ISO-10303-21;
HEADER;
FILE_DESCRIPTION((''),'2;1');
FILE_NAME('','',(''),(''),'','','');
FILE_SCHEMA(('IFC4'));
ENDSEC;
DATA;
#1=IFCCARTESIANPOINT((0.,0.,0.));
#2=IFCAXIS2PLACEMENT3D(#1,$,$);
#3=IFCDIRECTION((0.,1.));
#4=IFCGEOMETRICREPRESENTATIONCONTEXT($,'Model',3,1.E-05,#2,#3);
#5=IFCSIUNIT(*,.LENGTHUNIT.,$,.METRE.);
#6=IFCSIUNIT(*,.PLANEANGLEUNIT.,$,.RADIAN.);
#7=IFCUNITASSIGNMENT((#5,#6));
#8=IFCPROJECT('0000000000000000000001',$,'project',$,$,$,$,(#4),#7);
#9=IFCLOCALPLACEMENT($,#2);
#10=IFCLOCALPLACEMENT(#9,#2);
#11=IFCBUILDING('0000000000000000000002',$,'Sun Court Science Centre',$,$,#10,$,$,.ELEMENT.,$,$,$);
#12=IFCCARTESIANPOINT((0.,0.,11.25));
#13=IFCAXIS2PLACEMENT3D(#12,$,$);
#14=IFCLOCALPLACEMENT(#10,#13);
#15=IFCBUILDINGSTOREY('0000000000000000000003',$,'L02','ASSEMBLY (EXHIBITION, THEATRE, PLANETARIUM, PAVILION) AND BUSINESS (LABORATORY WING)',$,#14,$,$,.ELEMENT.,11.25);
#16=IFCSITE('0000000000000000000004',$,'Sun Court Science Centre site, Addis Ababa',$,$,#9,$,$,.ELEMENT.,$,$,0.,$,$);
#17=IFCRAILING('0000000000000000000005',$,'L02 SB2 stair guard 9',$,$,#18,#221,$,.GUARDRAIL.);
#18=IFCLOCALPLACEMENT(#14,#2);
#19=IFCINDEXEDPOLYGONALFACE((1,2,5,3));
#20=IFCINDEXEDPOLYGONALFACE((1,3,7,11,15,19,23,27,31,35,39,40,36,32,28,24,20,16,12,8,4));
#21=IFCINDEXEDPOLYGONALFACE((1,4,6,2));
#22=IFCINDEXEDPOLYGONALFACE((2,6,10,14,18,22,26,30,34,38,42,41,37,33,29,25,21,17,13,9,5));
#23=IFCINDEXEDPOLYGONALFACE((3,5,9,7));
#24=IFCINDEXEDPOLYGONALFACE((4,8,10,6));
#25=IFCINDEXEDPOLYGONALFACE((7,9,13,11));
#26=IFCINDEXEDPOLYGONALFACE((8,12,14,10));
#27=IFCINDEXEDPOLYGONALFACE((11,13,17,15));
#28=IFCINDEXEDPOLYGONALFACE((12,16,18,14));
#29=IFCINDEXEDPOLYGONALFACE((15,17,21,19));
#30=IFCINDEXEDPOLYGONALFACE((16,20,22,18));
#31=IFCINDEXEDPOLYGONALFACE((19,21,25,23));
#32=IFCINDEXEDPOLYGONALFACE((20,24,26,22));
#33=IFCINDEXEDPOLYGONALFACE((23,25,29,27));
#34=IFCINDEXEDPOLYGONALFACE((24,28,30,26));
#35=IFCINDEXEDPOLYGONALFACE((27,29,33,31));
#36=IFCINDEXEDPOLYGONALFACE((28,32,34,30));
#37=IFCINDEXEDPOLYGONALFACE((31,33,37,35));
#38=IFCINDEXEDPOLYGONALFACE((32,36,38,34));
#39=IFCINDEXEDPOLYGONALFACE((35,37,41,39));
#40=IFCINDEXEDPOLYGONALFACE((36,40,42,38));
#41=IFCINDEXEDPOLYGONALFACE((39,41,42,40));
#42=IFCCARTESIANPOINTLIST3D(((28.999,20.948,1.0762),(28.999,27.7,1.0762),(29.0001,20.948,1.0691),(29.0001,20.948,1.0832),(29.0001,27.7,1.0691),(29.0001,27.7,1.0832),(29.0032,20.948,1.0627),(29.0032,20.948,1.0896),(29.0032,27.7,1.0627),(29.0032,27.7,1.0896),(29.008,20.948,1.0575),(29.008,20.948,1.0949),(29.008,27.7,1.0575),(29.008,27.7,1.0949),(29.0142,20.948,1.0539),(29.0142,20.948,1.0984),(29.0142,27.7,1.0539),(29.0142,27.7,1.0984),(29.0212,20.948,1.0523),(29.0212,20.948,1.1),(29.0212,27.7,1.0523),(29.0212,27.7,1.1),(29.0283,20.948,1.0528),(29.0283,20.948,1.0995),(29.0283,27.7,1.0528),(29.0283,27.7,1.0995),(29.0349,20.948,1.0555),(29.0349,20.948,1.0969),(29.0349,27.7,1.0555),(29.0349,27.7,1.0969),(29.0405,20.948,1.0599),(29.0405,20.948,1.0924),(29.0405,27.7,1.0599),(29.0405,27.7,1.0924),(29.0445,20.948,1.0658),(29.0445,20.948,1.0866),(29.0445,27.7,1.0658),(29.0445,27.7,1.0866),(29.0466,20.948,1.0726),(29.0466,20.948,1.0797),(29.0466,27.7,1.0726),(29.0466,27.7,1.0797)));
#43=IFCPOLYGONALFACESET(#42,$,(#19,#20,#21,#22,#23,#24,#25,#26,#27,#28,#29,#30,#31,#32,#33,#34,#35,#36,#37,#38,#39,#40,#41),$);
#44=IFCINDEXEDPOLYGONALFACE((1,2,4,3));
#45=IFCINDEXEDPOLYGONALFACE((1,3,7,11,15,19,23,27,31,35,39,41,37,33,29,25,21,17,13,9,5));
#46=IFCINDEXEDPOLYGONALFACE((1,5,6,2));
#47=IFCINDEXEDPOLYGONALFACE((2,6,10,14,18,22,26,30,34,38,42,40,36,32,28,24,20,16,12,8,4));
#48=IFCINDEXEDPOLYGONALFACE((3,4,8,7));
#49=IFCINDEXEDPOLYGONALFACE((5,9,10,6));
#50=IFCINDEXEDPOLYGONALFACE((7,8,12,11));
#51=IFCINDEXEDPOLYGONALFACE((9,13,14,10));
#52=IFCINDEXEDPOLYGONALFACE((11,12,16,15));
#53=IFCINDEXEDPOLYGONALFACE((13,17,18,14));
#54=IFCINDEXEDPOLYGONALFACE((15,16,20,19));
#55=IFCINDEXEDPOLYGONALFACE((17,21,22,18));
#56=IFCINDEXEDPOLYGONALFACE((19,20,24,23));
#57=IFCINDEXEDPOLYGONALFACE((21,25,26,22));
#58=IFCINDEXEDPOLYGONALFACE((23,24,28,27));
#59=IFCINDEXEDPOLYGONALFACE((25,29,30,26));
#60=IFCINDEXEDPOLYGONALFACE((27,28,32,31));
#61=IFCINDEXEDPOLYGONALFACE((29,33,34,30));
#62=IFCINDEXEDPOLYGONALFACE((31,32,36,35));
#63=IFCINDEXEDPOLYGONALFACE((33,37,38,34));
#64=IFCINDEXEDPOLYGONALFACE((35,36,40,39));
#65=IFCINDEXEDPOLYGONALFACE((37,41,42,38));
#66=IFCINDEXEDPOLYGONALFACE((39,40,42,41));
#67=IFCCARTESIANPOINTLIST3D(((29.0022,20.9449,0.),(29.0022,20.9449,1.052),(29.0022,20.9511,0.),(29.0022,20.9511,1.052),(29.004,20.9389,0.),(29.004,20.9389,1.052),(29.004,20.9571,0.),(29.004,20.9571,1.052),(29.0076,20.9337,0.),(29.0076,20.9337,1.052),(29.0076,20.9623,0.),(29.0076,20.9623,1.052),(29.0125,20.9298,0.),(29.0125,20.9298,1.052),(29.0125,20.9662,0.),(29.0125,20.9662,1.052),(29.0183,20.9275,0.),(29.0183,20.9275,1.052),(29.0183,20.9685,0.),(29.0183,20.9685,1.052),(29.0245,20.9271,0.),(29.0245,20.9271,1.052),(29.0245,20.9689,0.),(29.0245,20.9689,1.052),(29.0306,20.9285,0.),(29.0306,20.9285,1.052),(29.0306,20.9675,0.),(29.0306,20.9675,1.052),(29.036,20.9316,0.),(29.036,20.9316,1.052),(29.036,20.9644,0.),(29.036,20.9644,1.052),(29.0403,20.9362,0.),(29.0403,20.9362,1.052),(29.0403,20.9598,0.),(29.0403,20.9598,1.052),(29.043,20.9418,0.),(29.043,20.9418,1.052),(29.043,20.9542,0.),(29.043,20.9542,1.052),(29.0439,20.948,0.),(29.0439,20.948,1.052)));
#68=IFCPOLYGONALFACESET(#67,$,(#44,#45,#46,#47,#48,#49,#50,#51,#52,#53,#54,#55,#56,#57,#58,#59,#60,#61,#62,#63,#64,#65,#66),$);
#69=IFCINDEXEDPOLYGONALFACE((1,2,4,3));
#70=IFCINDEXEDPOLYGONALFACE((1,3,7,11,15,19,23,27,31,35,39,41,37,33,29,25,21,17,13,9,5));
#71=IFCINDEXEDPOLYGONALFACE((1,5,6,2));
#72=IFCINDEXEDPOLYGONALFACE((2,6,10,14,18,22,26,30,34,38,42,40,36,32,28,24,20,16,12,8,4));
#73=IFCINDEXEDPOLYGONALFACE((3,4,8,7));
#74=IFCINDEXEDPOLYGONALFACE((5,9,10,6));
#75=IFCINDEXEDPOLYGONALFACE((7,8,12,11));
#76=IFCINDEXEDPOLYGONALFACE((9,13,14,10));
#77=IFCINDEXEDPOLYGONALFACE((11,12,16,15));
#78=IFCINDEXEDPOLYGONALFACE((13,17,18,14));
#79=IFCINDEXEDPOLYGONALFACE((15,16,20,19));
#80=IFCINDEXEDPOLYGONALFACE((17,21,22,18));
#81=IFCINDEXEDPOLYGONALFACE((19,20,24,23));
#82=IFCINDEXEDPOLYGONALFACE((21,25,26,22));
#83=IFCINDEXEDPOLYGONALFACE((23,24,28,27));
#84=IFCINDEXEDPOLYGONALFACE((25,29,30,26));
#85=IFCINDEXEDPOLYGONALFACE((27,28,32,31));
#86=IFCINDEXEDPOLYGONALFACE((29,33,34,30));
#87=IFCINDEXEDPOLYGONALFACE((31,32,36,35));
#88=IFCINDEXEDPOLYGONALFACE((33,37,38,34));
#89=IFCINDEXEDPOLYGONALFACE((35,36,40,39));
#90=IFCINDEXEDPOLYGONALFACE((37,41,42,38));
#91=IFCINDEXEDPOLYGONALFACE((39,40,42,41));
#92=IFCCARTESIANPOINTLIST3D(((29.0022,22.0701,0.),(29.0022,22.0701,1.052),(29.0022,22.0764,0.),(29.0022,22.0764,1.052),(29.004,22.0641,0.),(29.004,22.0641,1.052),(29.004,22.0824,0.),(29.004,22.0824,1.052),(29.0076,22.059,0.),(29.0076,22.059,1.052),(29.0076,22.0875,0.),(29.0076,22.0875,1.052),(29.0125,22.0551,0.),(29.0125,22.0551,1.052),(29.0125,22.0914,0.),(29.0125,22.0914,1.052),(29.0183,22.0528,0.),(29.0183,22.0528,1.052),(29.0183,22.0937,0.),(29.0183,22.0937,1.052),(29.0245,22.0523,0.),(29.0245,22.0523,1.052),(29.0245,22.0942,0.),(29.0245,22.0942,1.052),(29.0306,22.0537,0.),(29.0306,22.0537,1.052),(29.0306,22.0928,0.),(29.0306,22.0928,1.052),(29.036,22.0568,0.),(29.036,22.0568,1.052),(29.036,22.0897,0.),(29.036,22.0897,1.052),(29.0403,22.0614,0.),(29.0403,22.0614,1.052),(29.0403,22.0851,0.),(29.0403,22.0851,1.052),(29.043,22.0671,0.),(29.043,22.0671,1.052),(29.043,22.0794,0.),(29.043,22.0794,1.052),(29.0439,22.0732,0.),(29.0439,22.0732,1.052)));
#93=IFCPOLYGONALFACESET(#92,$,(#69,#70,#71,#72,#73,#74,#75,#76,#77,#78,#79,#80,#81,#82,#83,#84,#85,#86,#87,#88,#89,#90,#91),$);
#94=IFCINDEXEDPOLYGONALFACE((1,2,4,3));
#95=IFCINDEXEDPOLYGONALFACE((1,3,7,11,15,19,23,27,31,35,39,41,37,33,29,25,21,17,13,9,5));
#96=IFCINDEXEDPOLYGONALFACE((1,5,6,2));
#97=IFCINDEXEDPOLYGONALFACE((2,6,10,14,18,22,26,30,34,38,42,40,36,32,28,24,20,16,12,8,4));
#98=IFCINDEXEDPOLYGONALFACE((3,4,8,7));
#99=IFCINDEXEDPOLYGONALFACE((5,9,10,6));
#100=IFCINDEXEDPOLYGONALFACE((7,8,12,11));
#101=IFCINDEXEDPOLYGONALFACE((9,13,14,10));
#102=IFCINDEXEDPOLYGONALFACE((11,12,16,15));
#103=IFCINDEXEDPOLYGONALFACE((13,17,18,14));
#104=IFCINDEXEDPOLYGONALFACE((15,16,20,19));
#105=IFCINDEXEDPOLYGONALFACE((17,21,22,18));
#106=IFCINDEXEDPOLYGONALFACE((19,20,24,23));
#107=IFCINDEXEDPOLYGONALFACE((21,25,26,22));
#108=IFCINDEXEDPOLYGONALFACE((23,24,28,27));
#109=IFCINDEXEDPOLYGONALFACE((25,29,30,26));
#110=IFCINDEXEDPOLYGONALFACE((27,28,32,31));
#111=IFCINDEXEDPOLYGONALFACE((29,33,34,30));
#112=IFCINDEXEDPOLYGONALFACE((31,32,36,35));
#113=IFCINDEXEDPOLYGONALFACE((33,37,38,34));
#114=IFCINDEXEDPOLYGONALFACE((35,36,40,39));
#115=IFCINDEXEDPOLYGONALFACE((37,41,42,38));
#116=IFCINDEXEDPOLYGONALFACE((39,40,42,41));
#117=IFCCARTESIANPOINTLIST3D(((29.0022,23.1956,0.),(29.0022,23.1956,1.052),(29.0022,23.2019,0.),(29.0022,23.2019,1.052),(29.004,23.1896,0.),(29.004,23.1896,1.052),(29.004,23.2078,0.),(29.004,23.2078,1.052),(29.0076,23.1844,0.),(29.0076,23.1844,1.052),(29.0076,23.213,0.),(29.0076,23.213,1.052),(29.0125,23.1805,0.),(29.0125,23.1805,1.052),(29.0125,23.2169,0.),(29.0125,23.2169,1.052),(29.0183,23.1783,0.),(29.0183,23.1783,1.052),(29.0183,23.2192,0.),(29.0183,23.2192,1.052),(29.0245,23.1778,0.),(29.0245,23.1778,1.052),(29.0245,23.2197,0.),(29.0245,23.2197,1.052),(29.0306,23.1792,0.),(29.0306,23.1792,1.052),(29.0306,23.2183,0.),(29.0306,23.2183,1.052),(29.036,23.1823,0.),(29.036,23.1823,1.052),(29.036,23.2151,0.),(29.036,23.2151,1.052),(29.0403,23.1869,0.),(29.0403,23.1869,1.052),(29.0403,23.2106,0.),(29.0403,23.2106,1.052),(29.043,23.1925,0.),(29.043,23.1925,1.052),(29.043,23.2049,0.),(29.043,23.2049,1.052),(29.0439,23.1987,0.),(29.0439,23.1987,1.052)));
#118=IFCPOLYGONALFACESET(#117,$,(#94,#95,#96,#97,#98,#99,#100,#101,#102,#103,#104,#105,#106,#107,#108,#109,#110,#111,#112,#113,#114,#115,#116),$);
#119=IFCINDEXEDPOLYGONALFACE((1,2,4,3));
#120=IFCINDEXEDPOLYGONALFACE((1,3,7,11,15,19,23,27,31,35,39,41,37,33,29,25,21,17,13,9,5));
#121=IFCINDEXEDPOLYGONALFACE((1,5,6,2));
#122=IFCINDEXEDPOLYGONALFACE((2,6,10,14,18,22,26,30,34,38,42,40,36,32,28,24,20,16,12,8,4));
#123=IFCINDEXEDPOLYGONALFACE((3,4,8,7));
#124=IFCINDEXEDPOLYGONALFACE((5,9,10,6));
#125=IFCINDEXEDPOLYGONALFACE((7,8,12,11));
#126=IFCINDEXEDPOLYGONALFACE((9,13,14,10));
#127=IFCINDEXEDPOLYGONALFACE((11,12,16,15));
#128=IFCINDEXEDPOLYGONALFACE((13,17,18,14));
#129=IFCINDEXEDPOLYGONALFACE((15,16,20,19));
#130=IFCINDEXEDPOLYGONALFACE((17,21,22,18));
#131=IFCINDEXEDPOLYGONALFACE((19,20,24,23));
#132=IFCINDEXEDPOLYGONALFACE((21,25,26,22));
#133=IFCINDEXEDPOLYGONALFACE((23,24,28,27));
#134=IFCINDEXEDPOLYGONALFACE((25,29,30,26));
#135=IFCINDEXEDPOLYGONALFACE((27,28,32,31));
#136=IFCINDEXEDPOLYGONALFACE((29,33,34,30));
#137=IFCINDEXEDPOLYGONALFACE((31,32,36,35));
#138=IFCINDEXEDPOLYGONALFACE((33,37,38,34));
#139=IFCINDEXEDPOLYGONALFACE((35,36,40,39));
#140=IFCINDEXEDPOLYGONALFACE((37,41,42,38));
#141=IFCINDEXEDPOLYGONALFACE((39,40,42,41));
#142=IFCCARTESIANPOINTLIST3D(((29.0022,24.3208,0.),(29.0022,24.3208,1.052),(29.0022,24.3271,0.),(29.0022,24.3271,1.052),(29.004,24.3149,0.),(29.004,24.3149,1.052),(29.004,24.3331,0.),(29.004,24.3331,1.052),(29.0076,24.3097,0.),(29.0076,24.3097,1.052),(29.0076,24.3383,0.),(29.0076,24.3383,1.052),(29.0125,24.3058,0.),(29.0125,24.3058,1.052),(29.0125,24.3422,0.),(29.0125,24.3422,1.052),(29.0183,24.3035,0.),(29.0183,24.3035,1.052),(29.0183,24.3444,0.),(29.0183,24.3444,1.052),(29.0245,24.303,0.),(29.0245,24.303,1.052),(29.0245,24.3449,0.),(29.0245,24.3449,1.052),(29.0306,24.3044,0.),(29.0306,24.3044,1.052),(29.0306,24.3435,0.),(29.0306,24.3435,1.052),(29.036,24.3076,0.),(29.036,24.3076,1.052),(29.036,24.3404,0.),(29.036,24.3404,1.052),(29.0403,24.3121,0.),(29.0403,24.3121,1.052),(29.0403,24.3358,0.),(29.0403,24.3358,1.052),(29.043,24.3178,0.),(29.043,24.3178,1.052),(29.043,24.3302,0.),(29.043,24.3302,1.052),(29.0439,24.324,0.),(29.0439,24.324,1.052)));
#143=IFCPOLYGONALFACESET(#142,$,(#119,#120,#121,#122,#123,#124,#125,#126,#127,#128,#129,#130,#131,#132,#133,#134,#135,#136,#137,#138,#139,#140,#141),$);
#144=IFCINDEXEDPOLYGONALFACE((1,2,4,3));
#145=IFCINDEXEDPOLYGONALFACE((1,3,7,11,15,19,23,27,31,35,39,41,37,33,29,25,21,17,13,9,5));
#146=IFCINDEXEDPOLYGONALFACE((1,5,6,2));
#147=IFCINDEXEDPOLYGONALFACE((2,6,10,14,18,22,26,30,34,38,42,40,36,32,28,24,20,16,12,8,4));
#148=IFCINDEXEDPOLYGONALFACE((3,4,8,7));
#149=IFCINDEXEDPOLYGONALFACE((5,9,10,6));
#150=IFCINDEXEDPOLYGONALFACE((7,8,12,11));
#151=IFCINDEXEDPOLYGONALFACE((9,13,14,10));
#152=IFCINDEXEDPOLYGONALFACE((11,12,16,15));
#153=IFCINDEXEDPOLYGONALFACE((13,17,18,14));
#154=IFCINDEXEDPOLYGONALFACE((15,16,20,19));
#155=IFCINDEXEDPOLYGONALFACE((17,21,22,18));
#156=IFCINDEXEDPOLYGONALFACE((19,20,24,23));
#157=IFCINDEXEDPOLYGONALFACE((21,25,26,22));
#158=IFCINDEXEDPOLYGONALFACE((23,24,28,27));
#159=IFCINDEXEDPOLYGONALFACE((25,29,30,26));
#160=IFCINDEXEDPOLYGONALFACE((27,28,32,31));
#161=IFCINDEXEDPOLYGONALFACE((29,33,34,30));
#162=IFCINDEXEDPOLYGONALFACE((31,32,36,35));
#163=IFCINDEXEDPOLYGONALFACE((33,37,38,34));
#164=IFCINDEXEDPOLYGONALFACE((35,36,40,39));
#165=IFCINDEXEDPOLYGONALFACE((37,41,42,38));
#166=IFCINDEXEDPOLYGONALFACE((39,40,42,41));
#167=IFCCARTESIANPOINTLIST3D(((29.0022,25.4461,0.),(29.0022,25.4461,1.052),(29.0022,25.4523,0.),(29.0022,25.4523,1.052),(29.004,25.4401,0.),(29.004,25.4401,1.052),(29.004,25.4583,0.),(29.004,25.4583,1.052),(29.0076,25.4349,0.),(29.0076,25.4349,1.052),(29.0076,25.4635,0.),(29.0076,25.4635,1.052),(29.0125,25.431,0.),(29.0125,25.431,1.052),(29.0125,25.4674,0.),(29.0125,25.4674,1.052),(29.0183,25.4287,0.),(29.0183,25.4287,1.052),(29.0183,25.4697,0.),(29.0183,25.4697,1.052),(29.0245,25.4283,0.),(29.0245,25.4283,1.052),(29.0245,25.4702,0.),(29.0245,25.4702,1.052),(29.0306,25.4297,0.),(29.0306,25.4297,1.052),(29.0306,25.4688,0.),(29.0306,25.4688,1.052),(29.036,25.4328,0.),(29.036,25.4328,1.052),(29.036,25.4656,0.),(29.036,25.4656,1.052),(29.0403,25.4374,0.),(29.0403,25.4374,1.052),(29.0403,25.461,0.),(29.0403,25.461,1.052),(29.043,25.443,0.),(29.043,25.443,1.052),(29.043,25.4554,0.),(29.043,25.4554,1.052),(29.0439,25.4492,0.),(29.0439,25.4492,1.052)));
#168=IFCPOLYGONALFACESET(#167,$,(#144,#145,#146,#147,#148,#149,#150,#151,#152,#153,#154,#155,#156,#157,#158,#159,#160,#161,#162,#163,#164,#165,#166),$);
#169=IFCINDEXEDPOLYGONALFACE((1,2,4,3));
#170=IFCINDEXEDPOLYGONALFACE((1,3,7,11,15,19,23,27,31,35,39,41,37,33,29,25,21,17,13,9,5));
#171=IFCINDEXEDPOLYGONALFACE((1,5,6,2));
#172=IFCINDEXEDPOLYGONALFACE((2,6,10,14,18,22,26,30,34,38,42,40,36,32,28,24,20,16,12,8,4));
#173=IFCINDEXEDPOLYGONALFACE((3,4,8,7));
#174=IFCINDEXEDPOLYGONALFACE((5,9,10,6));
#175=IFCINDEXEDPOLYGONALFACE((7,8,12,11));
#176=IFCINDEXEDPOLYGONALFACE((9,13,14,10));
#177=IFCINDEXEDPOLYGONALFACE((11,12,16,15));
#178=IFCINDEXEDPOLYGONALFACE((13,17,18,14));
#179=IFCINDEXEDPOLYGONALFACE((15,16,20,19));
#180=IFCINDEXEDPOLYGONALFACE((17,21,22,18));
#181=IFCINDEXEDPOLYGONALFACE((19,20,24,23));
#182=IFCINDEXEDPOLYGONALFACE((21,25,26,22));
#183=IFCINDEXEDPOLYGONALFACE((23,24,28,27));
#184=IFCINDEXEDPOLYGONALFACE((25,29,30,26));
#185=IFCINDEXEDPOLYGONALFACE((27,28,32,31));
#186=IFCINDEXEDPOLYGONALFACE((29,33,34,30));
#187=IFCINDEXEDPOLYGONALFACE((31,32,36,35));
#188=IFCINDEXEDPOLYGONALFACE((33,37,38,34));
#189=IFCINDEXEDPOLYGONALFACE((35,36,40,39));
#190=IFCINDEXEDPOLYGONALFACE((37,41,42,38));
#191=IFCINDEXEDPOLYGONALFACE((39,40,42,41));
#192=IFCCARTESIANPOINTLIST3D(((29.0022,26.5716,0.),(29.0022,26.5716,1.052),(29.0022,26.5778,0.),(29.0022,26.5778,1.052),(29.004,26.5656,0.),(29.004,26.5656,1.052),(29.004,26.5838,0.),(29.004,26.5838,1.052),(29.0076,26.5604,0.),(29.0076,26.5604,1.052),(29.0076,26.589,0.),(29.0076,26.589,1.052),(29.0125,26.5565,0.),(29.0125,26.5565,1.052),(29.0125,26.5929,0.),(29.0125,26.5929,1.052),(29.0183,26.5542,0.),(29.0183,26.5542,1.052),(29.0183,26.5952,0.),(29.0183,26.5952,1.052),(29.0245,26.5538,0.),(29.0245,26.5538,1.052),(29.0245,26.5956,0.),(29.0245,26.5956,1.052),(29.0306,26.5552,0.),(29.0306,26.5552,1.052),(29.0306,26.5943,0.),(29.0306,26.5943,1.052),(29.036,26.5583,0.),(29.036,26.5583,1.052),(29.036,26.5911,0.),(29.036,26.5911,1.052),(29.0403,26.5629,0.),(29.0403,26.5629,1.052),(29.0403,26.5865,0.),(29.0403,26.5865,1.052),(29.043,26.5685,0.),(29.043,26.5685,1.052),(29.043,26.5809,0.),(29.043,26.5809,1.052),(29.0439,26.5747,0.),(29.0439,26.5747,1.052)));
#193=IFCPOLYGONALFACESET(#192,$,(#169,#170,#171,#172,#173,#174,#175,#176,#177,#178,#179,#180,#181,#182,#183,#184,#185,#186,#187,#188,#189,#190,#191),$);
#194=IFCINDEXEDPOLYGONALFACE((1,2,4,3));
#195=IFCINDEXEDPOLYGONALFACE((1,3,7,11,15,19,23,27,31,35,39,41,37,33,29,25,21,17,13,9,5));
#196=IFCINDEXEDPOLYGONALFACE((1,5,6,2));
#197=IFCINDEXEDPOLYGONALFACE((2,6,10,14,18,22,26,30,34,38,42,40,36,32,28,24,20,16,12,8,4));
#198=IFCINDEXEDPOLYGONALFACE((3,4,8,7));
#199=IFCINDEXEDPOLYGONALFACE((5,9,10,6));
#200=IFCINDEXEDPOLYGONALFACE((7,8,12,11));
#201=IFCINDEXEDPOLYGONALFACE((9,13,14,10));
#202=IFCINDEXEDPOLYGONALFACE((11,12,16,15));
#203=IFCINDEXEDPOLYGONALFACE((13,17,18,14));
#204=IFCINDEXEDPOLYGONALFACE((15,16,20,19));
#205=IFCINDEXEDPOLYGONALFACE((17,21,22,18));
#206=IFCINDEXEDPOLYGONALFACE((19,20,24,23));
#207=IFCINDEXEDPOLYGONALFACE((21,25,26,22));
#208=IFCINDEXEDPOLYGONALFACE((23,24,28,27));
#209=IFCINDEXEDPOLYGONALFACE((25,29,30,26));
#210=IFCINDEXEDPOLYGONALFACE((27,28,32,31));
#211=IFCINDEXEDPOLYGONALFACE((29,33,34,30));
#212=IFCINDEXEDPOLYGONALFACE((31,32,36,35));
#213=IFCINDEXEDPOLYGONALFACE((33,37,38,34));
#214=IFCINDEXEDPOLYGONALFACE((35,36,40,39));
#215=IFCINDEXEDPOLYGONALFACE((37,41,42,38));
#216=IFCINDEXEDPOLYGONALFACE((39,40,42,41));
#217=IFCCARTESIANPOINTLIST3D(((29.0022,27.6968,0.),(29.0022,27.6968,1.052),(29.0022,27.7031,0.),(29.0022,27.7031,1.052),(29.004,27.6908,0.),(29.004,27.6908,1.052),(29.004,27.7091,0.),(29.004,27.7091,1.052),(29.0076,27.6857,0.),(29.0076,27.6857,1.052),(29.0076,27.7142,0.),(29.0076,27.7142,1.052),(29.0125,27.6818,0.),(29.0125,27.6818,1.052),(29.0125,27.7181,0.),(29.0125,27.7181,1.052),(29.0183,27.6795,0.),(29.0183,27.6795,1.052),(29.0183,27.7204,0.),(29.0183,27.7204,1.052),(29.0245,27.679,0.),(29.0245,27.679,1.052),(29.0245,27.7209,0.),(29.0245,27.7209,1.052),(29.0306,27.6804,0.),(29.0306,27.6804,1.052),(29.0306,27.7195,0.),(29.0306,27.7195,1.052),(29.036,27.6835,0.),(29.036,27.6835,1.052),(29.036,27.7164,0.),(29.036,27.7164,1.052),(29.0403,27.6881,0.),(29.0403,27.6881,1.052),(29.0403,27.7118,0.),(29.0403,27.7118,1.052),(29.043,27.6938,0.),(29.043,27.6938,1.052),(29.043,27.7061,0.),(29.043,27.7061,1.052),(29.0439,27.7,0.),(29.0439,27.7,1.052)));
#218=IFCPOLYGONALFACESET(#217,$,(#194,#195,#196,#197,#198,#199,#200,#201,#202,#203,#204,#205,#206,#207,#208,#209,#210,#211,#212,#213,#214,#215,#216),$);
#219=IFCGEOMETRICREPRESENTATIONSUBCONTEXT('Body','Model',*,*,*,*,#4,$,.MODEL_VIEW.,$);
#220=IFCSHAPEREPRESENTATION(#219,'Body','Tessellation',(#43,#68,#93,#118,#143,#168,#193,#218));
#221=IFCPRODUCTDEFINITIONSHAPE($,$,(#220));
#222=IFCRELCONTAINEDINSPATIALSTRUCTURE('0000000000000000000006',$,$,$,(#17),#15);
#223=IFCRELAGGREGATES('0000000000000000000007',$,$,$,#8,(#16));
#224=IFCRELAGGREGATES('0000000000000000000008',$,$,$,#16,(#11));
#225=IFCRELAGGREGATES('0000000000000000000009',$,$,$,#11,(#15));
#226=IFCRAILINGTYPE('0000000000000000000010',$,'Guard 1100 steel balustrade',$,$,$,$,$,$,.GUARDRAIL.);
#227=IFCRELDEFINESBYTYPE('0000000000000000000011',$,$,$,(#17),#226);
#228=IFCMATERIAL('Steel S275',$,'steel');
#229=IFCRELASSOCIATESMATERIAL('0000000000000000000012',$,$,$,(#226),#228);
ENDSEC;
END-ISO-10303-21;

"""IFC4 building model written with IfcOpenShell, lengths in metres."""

from ifc_helpers import new_model, si_unit, direction, frame, origin, origin_2d, place, context, subcontext, project, spatial, circle, extrude, material, type_object, element, save


model = new_model("IFC4")

# Units and contexts
model_context = context("Model", 3, precision=1e-05, world=origin(), true_north=direction((0.0, 1.0)))
body_context = subcontext(model_context, "Body", "Model", "MODEL_VIEW")
ifc_project = project(units=[si_unit("LENGTHUNIT", "METRE"), si_unit("PLANEANGLEUNIT", "RADIAN")], contexts=[model_context])

# Site, building, storey
site_placement = place(None, origin())
site = spatial("IfcSite", under=ifc_project, at=site_placement, Name="Sun Court Science Centre site, Addis Ababa", CompositionType="ELEMENT", RefElevation=0.0)
building_placement = place(site_placement, origin())
building = spatial("IfcBuilding", under=site, at=building_placement, Name="Sun Court Science Centre", CompositionType="ELEMENT")
storey_placement = place(building_placement, frame((0.0, 0.0, 11.25)))
storey = spatial("IfcBuildingStorey", under=building, at=storey_placement, Name="L02", Description="ASSEMBLY (EXHIBITION, THEATRE, PLANETARIUM, PAVILION) AND BUSINESS (LABORATORY WING)", CompositionType="ELEMENT", Elevation=11.25)

# Railing
ifc_material_1 = material(Name="Steel S275", Category="steel")
railing_type_1 = type_object("IfcRailingType", Name="Guard 1100 steel balustrade", PredefinedType="GUARDRAIL", material=ifc_material_1)
railing_1_placement = place(storey_placement, frame((29.0229, 20.948, 0.0)))
element("IfcRailing", 1, at=railing_1_placement, inside=storey, type_object=railing_type_1, Name="L02 SB2 stair guard 9", PredefinedType="GUARDRAIL", context=body_context, shape_type="SweptSolid", body=[
    extrude(circle(Radius=0.0239, at=origin_2d()), frame((0.0, 0.0, 1.0762), z_axis=(0.0, 1.0, 0.0), x_axis=(-1.0, 0.0, 0.0)), (0.0, 0.0, 1.0), 6.752),
    extrude(circle(Radius=0.021, at=origin_2d()), origin(), (0.0, 0.0, 1.0), 1.052),
    extrude(circle(Radius=0.021, at=origin_2d()), frame((0.0, 1.1252, 0.0)), (0.0, 0.0, 1.0), 1.052),
    extrude(circle(Radius=0.021, at=origin_2d()), frame((0.0, 2.2507, 0.0)), (0.0, 0.0, 1.0), 1.052),
    extrude(circle(Radius=0.021, at=origin_2d()), frame((0.0, 3.376, 0.0)), (0.0, 0.0, 1.0), 1.052),
    extrude(circle(Radius=0.021, at=origin_2d()), frame((0.0, 4.5012, 0.0)), (0.0, 0.0, 1.0), 1.052),
    extrude(circle(Radius=0.021, at=origin_2d()), frame((0.0, 5.6267, 0.0)), (0.0, 0.0, 1.0), 1.052),
    extrude(circle(Radius=0.021, at=origin_2d()), frame((0.0, 6.752, 0.0)), (0.0, 0.0, 1.0), 1.052),
])

save(model, "model.ifc")
